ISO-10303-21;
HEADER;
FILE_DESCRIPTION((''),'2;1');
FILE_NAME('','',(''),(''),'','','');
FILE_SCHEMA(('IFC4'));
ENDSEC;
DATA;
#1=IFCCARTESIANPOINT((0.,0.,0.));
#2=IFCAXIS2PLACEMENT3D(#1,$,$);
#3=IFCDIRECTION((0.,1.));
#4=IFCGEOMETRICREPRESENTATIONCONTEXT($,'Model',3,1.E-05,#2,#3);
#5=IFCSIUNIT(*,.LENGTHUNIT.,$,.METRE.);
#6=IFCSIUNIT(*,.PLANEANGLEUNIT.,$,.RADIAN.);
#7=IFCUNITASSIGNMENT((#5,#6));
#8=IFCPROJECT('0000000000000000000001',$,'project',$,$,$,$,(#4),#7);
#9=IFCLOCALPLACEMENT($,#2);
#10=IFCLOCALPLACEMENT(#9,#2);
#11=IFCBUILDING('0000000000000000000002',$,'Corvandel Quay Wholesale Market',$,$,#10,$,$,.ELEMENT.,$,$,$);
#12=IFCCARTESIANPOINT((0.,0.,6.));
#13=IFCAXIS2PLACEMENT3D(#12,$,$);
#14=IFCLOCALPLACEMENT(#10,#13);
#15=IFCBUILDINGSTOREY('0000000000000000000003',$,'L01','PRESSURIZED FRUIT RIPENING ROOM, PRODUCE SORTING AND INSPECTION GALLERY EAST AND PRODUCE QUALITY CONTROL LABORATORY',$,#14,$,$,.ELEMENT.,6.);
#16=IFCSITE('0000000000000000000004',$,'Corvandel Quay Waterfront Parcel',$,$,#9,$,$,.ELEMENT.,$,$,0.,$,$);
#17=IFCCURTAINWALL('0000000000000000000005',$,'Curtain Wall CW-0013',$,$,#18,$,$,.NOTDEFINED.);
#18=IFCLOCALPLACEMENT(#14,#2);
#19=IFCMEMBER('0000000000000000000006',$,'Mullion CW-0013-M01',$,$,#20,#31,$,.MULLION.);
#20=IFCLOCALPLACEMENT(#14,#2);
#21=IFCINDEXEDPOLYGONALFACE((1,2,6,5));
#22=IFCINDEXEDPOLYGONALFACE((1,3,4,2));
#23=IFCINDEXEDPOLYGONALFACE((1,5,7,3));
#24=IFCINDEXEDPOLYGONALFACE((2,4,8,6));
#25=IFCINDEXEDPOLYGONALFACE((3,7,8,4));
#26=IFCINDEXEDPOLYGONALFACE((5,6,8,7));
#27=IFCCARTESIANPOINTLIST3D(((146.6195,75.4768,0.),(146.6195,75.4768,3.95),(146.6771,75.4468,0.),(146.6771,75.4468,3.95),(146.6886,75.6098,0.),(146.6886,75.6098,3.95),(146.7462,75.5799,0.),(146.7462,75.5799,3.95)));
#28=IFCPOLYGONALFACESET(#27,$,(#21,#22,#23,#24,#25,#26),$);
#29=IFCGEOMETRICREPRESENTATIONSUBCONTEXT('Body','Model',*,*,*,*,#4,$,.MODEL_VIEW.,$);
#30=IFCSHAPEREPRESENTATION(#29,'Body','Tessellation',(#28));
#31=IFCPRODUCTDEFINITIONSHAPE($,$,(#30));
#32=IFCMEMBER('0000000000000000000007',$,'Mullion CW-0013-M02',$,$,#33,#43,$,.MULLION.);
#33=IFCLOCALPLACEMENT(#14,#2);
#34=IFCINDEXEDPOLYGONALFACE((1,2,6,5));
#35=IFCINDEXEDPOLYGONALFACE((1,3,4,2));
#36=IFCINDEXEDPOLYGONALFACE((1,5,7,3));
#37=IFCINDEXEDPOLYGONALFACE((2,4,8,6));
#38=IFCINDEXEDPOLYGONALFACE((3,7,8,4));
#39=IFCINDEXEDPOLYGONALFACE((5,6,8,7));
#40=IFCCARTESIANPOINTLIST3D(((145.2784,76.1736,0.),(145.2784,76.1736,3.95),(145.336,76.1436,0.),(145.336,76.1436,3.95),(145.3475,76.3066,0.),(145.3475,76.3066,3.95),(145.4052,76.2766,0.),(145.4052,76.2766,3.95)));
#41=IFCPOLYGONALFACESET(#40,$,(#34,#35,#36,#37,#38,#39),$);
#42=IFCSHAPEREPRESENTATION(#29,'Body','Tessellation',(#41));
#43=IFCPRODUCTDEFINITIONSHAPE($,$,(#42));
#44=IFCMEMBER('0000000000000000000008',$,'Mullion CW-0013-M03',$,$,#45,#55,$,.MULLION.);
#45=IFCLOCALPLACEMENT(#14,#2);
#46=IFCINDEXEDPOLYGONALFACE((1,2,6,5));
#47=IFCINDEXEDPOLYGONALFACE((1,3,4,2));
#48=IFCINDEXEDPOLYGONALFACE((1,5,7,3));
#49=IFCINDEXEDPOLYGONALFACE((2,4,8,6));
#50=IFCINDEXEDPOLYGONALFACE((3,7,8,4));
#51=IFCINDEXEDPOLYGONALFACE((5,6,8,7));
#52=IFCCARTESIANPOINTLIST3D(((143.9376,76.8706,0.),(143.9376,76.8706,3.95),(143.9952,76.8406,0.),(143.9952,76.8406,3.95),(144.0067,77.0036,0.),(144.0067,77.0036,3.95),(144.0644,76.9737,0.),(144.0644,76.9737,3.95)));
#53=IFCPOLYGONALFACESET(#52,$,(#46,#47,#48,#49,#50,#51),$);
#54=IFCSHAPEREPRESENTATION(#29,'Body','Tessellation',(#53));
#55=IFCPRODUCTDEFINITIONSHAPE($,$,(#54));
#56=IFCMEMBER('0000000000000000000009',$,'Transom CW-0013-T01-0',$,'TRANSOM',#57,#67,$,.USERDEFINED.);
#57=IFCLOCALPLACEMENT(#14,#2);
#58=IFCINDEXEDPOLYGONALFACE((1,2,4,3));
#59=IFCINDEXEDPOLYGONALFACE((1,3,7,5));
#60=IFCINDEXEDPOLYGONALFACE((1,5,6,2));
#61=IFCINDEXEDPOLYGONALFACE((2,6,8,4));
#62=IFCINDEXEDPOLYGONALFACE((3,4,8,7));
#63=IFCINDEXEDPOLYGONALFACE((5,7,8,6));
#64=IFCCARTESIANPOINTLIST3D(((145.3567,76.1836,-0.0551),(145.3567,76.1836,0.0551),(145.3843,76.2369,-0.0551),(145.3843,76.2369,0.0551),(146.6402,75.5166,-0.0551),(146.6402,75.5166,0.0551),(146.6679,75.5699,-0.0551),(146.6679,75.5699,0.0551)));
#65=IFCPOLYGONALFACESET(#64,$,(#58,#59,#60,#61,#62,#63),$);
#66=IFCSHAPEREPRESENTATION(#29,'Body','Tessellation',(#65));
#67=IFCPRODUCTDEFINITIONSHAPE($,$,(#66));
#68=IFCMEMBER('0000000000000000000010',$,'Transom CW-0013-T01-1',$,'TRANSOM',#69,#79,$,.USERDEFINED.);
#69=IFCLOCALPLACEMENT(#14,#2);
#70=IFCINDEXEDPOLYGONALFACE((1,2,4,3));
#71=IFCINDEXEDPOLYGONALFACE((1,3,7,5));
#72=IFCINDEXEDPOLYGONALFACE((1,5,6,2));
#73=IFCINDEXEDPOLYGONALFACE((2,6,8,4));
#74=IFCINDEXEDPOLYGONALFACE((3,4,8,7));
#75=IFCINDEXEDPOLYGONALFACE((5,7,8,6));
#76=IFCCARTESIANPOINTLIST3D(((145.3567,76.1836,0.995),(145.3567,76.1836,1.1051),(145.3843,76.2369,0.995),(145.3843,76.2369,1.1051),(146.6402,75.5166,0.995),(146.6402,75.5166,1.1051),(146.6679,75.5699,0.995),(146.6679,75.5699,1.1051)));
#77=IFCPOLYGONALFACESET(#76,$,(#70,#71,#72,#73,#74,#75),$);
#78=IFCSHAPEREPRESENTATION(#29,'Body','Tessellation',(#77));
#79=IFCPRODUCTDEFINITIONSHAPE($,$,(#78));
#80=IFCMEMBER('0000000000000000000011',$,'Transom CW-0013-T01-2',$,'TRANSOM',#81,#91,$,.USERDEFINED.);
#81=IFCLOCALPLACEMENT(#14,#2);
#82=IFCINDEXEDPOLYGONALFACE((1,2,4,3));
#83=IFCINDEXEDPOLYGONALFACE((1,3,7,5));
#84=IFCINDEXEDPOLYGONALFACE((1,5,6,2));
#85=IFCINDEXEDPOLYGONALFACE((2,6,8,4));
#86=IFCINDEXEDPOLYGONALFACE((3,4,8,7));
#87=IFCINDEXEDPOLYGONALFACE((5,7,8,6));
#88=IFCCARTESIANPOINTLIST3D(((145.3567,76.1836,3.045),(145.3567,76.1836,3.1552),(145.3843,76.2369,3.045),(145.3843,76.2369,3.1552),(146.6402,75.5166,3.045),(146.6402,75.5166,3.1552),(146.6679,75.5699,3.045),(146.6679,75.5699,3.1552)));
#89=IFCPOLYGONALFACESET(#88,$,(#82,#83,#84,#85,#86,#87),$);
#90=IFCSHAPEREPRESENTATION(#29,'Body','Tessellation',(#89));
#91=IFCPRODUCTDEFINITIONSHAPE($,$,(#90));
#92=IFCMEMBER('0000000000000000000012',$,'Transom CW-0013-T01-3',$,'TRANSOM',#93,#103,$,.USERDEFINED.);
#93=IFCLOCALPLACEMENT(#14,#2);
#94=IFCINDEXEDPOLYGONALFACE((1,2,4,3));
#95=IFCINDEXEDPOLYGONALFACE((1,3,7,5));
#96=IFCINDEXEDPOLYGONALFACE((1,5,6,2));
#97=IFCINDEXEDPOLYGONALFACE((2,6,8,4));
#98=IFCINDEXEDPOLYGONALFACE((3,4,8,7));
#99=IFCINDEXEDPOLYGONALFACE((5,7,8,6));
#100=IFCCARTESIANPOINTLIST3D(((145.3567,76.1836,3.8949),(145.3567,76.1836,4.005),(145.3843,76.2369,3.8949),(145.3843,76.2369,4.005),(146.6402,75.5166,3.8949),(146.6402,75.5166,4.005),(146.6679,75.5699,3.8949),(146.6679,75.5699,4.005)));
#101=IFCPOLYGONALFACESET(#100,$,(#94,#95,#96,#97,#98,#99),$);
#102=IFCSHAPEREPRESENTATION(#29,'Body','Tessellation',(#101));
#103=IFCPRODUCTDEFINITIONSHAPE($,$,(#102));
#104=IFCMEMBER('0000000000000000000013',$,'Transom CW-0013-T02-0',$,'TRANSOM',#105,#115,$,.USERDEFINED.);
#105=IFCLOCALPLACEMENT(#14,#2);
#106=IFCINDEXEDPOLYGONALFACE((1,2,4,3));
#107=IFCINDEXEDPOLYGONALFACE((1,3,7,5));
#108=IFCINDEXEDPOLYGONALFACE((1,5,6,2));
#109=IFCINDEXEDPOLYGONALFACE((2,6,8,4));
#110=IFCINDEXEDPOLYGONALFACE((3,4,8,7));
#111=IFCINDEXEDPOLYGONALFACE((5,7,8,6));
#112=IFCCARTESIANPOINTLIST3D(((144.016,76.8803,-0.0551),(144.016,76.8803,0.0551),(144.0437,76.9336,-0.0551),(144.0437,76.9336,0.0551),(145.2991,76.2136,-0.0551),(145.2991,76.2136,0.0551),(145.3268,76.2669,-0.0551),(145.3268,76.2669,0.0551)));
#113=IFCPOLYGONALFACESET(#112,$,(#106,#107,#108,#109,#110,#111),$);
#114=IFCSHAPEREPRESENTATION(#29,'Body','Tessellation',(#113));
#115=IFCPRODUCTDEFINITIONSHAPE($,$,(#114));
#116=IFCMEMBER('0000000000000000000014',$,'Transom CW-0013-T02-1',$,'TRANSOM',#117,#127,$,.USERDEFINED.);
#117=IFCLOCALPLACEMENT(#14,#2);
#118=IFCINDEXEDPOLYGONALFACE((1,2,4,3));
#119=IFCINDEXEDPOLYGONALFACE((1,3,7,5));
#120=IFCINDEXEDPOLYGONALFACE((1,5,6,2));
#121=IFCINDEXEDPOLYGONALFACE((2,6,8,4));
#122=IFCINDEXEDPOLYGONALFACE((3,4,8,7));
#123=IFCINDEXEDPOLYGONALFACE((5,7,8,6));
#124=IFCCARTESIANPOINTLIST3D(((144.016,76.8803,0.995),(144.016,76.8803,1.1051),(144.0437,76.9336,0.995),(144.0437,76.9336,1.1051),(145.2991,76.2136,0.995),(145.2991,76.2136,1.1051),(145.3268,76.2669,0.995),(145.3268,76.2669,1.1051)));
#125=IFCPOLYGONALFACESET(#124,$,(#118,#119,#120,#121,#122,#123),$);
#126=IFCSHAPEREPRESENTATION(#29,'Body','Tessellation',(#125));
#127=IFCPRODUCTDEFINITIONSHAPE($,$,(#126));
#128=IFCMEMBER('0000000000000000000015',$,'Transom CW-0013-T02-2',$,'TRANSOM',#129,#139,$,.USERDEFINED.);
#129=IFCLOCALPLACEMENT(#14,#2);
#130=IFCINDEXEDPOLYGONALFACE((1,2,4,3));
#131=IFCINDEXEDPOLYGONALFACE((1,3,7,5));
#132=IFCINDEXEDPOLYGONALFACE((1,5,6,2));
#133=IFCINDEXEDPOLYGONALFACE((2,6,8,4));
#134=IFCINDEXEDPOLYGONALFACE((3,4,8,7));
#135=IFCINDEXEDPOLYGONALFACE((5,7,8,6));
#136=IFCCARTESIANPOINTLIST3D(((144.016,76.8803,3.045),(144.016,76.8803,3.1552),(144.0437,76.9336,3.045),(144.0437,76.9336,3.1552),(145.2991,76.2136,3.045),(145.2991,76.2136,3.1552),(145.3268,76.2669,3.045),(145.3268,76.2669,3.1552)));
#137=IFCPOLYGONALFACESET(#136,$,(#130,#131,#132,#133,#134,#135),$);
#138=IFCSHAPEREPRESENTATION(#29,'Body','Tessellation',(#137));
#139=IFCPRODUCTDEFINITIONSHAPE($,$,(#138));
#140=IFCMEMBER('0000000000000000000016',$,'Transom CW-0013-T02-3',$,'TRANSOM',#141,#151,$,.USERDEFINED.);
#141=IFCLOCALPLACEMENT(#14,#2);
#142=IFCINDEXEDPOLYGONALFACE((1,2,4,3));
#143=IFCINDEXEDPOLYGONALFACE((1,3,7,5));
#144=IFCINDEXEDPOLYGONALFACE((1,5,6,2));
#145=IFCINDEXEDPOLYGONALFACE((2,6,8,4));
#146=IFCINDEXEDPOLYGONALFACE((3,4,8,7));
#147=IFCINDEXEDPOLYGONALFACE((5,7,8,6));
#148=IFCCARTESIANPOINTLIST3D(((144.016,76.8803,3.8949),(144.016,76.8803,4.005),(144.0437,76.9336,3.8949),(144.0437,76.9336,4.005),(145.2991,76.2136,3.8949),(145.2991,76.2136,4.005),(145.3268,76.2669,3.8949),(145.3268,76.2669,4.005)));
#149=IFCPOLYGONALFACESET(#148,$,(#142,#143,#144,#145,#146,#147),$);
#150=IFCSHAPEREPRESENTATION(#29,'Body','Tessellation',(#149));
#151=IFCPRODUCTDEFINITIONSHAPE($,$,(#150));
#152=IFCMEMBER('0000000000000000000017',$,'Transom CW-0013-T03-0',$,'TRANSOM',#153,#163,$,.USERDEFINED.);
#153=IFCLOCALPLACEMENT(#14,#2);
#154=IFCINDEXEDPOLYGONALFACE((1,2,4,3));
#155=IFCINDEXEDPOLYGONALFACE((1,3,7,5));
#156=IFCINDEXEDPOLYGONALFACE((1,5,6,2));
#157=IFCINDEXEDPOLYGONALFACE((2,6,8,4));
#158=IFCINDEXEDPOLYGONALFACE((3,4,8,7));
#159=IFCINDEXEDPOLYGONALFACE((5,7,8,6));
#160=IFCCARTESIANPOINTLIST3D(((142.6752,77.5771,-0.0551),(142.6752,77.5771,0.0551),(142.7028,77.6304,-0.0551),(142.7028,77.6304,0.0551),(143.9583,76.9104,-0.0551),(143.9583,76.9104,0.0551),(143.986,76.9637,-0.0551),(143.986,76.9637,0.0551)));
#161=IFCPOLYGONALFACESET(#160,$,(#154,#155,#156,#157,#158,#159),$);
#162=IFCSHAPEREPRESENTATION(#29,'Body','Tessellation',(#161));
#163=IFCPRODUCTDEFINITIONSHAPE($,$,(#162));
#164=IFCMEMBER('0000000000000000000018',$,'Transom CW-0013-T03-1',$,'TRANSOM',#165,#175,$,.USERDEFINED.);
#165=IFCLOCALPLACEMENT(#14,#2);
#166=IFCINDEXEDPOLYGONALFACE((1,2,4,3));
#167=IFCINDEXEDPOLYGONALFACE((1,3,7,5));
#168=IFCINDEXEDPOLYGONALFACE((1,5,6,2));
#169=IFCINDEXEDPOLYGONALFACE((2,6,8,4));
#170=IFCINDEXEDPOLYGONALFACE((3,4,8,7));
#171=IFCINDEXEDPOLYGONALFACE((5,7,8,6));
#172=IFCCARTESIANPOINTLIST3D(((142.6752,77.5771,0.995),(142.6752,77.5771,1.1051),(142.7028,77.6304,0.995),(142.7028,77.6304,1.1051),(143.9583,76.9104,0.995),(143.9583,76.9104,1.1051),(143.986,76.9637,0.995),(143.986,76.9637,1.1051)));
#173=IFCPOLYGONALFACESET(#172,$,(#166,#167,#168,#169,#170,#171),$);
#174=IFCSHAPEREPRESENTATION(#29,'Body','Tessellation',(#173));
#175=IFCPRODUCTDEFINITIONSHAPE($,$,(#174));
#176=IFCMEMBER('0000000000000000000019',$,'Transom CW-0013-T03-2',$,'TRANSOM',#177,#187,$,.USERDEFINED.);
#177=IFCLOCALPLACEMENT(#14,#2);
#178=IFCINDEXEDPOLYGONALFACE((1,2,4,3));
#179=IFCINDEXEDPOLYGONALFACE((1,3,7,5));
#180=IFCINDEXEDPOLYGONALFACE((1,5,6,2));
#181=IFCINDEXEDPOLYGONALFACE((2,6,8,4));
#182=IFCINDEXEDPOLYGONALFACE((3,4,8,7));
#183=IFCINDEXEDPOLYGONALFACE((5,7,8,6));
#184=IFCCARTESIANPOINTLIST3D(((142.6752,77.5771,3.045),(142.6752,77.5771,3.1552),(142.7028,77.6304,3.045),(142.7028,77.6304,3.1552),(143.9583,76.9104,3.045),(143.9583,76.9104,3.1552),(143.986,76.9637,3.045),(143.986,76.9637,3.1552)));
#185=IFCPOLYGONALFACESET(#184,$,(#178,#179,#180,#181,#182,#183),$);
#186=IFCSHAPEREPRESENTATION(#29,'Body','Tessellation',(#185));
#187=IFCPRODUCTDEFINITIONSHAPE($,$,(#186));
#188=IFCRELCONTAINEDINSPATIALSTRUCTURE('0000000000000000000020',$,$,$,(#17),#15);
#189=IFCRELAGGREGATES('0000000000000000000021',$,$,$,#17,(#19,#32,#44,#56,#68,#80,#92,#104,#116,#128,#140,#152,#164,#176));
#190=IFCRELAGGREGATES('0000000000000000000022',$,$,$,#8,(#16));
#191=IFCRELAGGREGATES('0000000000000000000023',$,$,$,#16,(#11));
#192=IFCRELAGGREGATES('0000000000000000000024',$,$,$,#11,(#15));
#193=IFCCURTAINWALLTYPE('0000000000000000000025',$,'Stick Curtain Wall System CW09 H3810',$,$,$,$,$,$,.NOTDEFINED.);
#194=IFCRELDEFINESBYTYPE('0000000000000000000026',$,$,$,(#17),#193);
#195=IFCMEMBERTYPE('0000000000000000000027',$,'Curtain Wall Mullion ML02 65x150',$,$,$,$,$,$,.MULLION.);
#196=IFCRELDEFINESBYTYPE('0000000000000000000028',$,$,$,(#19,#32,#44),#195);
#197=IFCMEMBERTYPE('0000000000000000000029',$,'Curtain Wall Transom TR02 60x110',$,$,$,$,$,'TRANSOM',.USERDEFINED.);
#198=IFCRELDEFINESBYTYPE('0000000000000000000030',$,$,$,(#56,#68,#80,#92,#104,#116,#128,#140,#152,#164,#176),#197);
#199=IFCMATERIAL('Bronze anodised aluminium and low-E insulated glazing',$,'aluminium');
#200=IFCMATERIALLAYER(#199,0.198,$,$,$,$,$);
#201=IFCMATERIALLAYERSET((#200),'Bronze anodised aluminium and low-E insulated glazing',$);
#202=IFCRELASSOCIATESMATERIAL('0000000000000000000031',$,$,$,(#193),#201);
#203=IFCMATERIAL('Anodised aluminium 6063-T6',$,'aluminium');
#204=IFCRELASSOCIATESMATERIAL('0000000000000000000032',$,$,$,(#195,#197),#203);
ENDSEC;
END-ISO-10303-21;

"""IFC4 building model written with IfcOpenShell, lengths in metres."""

from ifc_helpers import new_model, si_unit, direction, frame, origin, origin_2d, place, context, subcontext, project, spatial, rectangle, extrude, material, layer, layer_set, material_profile, profile_set, type_object, element, aggregate, save


model = new_model("IFC4")

# Units and contexts
model_context = context("Model", 3, precision=1e-05, world=origin(), true_north=direction((0.0, 1.0)))
body_context = subcontext(model_context, "Body", "Model", "MODEL_VIEW")
ifc_project = project(units=[si_unit("LENGTHUNIT", "METRE"), si_unit("PLANEANGLEUNIT", "RADIAN")], contexts=[model_context])

# Site, building, storey
site_placement = place(None, origin())
site = spatial("IfcSite", under=ifc_project, at=site_placement, Name="Corvandel Quay Waterfront Parcel", CompositionType="ELEMENT", RefElevation=0.0)
building_placement = place(site_placement, origin())
building = spatial("IfcBuilding", under=site, at=building_placement, Name="Corvandel Quay Wholesale Market", CompositionType="ELEMENT")
storey_placement = place(building_placement, frame((0.0, 0.0, 6.0)))
storey = spatial("IfcBuildingStorey", under=building, at=storey_placement, Name="L01", Description="PRESSURIZED FRUIT RIPENING ROOM, PRODUCE SORTING AND INSPECTION GALLERY EAST AND PRODUCE QUALITY CONTROL LABORATORY", CompositionType="ELEMENT", Elevation=6.0)

# Curtain wall, members
ifc_material_1 = material(Name="Bronze anodised aluminium and low-E insulated glazing", Category="aluminium")
ifc_layer_1 = layer(ifc_material_1, 0.198)
ifc_layer_set_1 = layer_set([ifc_layer_1], Name="Bronze anodised aluminium and low-E insulated glazing")
curtain_wall_type = type_object("IfcCurtainWallType", Name="Stick Curtain Wall System CW09 H3810", PredefinedType="NOTDEFINED", material=ifc_layer_set_1)
curtain_wall_placement = place(storey_placement, origin())
curtain_wall = element("IfcCurtainWall", 1, at=curtain_wall_placement, inside=storey, type_object=curtain_wall_type, Name="Curtain Wall CW-0013", PredefinedType="NOTDEFINED")
ifc_material_2 = material(Name="Anodised aluminium 6063-T6", Category="aluminium")
ifc_material_profile_1 = material_profile(ifc_material_2, rectangle(XDim=0.0649, YDim=0.1499, at=origin_2d()), Name="ALU-MUL-65x150")
ifc_profile_set_1 = profile_set([ifc_material_profile_1], Name="Anodised aluminium 6063-T6")
member_type_1 = type_object("IfcMemberType", Name="Curtain Wall Mullion ML02 65x150", PredefinedType="MULLION", material=ifc_profile_set_1)
member_1_placement = place(storey_placement, frame((146.6829, 75.5283, 0.0), z_axis=(0.0, 0.0, 1.0), x_axis=(-0.887333, 0.461129, 0.0)))
member_1 = element("IfcMember", 2, at=member_1_placement, type_object=member_type_1, Name="Mullion CW-0013-M01", PredefinedType="MULLION", context=body_context, shape_type="SweptSolid", body=[
    extrude(rectangle(XDim=0.0649, YDim=0.1499, at=origin_2d()), origin(), (0.0, 0.0, 1.0), 3.95),
])
member_2_placement = place(storey_placement, frame((145.3418, 76.2251, 0.0), z_axis=(0.0, 0.0, 1.0), x_axis=(-0.887333, 0.461129, 0.0)))
member_2 = element("IfcMember", 3, at=member_2_placement, type_object=member_type_1, Name="Mullion CW-0013-M02", PredefinedType="MULLION", context=body_context, shape_type="SweptSolid", body=[
    extrude(rectangle(XDim=0.0649, YDim=0.1499, at=origin_2d()), origin(), (0.0, 0.0, 1.0), 3.95),
])
member_3_placement = place(storey_placement, frame((144.001, 76.9221, 0.0), z_axis=(0.0, 0.0, 1.0), x_axis=(-0.887333, 0.461129, 0.0)))
member_3 = element("IfcMember", 4, at=member_3_placement, type_object=member_type_1, Name="Mullion CW-0013-M03", PredefinedType="MULLION", context=body_context, shape_type="SweptSolid", body=[
    extrude(rectangle(XDim=0.0649, YDim=0.1499, at=origin_2d()), origin(), (0.0, 0.0, 1.0), 3.95),
])
ifc_material_profile_2 = material_profile(ifc_material_2, rectangle(XDim=0.0601, YDim=0.1101, at=origin_2d()), Name="ALU-TRN-60x110")
ifc_profile_set_2 = profile_set([ifc_material_profile_2], Name="Anodised aluminium 6063-T6")
member_type_2 = type_object("IfcMemberType", Name="Curtain Wall Transom TR02 60x110", ElementType="TRANSOM", PredefinedType="USERDEFINED", material=ifc_profile_set_2)
member_4_placement = place(storey_placement, frame((146.6541, 75.5432, 0.0), z_axis=(-0.88733, 0.461135, 0.0), x_axis=(-0.461135, -0.88733, 0.0)))
member_4 = element("IfcMember", 5, at=member_4_placement, type_object=member_type_2, Name="Transom CW-0013-T01-0", ObjectType="TRANSOM", PredefinedType="USERDEFINED", context=body_context, shape_type="SweptSolid", body=[
    extrude(rectangle(XDim=0.0601, YDim=0.1101, at=origin_2d()), origin(), (0.0, 0.0, 1.0), 1.4465),
])
member_5_placement = place(storey_placement, frame((146.6541, 75.5432, 1.05), z_axis=(-0.88733, 0.461135, 0.0), x_axis=(-0.461135, -0.88733, 0.0)))
member_5 = element("IfcMember", 6, at=member_5_placement, type_object=member_type_2, Name="Transom CW-0013-T01-1", ObjectType="TRANSOM", PredefinedType="USERDEFINED", context=body_context, shape_type="SweptSolid", body=[
    extrude(rectangle(XDim=0.0601, YDim=0.1101, at=origin_2d()), origin(), (0.0, 0.0, 1.0), 1.4465),
])
member_6_placement = place(storey_placement, frame((146.6541, 75.5432, 3.1001), z_axis=(-0.88733, 0.461135, 0.0), x_axis=(-0.461135, -0.88733, 0.0)))
member_6 = element("IfcMember", 7, at=member_6_placement, type_object=member_type_2, Name="Transom CW-0013-T01-2", ObjectType="TRANSOM", PredefinedType="USERDEFINED", context=body_context, shape_type="SweptSolid", body=[
    extrude(rectangle(XDim=0.0601, YDim=0.1101, at=origin_2d()), origin(), (0.0, 0.0, 1.0), 1.4465),
])
member_7_placement = place(storey_placement, frame((146.6541, 75.5432, 3.95), z_axis=(-0.88733, 0.461135, 0.0), x_axis=(-0.461135, -0.88733, 0.0)))
member_7 = element("IfcMember", 8, at=member_7_placement, type_object=member_type_2, Name="Transom CW-0013-T01-3", ObjectType="TRANSOM", PredefinedType="USERDEFINED", context=body_context, shape_type="SweptSolid", body=[
    extrude(rectangle(XDim=0.0601, YDim=0.1101, at=origin_2d()), origin(), (0.0, 0.0, 1.0), 1.4465),
])
member_8_placement = place(storey_placement, frame((145.313, 76.2402, 0.0), z_axis=(-0.887363, 0.461071, 0.0), x_axis=(-0.461071, -0.887363, 0.0)))
member_8 = element("IfcMember", 9, at=member_8_placement, type_object=member_type_2, Name="Transom CW-0013-T02-0", ObjectType="TRANSOM", PredefinedType="USERDEFINED", context=body_context, shape_type="SweptSolid", body=[
    extrude(rectangle(XDim=0.0601, YDim=0.1101, at=origin_2d()), origin(), (0.0, 0.0, 1.0), 1.446),
])
member_9_placement = place(storey_placement, frame((145.313, 76.2402, 1.05), z_axis=(-0.887363, 0.461071, 0.0), x_axis=(-0.461071, -0.887363, 0.0)))
member_9 = element("IfcMember", 10, at=member_9_placement, type_object=member_type_2, Name="Transom CW-0013-T02-1", ObjectType="TRANSOM", PredefinedType="USERDEFINED", context=body_context, shape_type="SweptSolid", body=[
    extrude(rectangle(XDim=0.0601, YDim=0.1101, at=origin_2d()), origin(), (0.0, 0.0, 1.0), 1.446),
])
member_10_placement = place(storey_placement, frame((145.313, 76.2402, 3.1001), z_axis=(-0.887363, 0.461071, 0.0), x_axis=(-0.461071, -0.887363, 0.0)))
member_10 = element("IfcMember", 11, at=member_10_placement, type_object=member_type_2, Name="Transom CW-0013-T02-2", ObjectType="TRANSOM", PredefinedType="USERDEFINED", context=body_context, shape_type="SweptSolid", body=[
    extrude(rectangle(XDim=0.0601, YDim=0.1101, at=origin_2d()), origin(), (0.0, 0.0, 1.0), 1.446),
])
member_11_placement = place(storey_placement, frame((145.313, 76.2402, 3.95), z_axis=(-0.887363, 0.461071, 0.0), x_axis=(-0.461071, -0.887363, 0.0)))
member_11 = element("IfcMember", 12, at=member_11_placement, type_object=member_type_2, Name="Transom CW-0013-T02-3", ObjectType="TRANSOM", PredefinedType="USERDEFINED", context=body_context, shape_type="SweptSolid", body=[
    extrude(rectangle(XDim=0.0601, YDim=0.1101, at=origin_2d()), origin(), (0.0, 0.0, 1.0), 1.446),
])
member_12_placement = place(storey_placement, frame((143.9722, 76.937, 0.0), z_axis=(-0.887363, 0.461071, 0.0), x_axis=(-0.461071, -0.887363, 0.0)))
member_12 = element("IfcMember", 13, at=member_12_placement, type_object=member_type_2, Name="Transom CW-0013-T03-0", ObjectType="TRANSOM", PredefinedType="USERDEFINED", context=body_context, shape_type="SweptSolid", body=[
    extrude(rectangle(XDim=0.0601, YDim=0.1101, at=origin_2d()), origin(), (0.0, 0.0, 1.0), 1.446),
])
member_13_placement = place(storey_placement, frame((143.9722, 76.937, 1.05), z_axis=(-0.887363, 0.461071, 0.0), x_axis=(-0.461071, -0.887363, 0.0)))
member_13 = element("IfcMember", 14, at=member_13_placement, type_object=member_type_2, Name="Transom CW-0013-T03-1", ObjectType="TRANSOM", PredefinedType="USERDEFINED", context=body_context, shape_type="SweptSolid", body=[
    extrude(rectangle(XDim=0.0601, YDim=0.1101, at=origin_2d()), origin(), (0.0, 0.0, 1.0), 1.446),
])
member_14_placement = place(storey_placement, frame((143.9722, 76.937, 3.1001), z_axis=(-0.887363, 0.461071, 0.0), x_axis=(-0.461071, -0.887363, 0.0)))
member_14 = element("IfcMember", 15, at=member_14_placement, type_object=member_type_2, Name="Transom CW-0013-T03-2", ObjectType="TRANSOM", PredefinedType="USERDEFINED", context=body_context, shape_type="SweptSolid", body=[
    extrude(rectangle(XDim=0.0601, YDim=0.1101, at=origin_2d()), origin(), (0.0, 0.0, 1.0), 1.446),
])
aggregate(curtain_wall, [member_1, member_2, member_3, member_4, member_5, member_6, member_7, member_8, member_9, member_10, member_11, member_12, member_13, member_14])

save(model, "model.ifc")
